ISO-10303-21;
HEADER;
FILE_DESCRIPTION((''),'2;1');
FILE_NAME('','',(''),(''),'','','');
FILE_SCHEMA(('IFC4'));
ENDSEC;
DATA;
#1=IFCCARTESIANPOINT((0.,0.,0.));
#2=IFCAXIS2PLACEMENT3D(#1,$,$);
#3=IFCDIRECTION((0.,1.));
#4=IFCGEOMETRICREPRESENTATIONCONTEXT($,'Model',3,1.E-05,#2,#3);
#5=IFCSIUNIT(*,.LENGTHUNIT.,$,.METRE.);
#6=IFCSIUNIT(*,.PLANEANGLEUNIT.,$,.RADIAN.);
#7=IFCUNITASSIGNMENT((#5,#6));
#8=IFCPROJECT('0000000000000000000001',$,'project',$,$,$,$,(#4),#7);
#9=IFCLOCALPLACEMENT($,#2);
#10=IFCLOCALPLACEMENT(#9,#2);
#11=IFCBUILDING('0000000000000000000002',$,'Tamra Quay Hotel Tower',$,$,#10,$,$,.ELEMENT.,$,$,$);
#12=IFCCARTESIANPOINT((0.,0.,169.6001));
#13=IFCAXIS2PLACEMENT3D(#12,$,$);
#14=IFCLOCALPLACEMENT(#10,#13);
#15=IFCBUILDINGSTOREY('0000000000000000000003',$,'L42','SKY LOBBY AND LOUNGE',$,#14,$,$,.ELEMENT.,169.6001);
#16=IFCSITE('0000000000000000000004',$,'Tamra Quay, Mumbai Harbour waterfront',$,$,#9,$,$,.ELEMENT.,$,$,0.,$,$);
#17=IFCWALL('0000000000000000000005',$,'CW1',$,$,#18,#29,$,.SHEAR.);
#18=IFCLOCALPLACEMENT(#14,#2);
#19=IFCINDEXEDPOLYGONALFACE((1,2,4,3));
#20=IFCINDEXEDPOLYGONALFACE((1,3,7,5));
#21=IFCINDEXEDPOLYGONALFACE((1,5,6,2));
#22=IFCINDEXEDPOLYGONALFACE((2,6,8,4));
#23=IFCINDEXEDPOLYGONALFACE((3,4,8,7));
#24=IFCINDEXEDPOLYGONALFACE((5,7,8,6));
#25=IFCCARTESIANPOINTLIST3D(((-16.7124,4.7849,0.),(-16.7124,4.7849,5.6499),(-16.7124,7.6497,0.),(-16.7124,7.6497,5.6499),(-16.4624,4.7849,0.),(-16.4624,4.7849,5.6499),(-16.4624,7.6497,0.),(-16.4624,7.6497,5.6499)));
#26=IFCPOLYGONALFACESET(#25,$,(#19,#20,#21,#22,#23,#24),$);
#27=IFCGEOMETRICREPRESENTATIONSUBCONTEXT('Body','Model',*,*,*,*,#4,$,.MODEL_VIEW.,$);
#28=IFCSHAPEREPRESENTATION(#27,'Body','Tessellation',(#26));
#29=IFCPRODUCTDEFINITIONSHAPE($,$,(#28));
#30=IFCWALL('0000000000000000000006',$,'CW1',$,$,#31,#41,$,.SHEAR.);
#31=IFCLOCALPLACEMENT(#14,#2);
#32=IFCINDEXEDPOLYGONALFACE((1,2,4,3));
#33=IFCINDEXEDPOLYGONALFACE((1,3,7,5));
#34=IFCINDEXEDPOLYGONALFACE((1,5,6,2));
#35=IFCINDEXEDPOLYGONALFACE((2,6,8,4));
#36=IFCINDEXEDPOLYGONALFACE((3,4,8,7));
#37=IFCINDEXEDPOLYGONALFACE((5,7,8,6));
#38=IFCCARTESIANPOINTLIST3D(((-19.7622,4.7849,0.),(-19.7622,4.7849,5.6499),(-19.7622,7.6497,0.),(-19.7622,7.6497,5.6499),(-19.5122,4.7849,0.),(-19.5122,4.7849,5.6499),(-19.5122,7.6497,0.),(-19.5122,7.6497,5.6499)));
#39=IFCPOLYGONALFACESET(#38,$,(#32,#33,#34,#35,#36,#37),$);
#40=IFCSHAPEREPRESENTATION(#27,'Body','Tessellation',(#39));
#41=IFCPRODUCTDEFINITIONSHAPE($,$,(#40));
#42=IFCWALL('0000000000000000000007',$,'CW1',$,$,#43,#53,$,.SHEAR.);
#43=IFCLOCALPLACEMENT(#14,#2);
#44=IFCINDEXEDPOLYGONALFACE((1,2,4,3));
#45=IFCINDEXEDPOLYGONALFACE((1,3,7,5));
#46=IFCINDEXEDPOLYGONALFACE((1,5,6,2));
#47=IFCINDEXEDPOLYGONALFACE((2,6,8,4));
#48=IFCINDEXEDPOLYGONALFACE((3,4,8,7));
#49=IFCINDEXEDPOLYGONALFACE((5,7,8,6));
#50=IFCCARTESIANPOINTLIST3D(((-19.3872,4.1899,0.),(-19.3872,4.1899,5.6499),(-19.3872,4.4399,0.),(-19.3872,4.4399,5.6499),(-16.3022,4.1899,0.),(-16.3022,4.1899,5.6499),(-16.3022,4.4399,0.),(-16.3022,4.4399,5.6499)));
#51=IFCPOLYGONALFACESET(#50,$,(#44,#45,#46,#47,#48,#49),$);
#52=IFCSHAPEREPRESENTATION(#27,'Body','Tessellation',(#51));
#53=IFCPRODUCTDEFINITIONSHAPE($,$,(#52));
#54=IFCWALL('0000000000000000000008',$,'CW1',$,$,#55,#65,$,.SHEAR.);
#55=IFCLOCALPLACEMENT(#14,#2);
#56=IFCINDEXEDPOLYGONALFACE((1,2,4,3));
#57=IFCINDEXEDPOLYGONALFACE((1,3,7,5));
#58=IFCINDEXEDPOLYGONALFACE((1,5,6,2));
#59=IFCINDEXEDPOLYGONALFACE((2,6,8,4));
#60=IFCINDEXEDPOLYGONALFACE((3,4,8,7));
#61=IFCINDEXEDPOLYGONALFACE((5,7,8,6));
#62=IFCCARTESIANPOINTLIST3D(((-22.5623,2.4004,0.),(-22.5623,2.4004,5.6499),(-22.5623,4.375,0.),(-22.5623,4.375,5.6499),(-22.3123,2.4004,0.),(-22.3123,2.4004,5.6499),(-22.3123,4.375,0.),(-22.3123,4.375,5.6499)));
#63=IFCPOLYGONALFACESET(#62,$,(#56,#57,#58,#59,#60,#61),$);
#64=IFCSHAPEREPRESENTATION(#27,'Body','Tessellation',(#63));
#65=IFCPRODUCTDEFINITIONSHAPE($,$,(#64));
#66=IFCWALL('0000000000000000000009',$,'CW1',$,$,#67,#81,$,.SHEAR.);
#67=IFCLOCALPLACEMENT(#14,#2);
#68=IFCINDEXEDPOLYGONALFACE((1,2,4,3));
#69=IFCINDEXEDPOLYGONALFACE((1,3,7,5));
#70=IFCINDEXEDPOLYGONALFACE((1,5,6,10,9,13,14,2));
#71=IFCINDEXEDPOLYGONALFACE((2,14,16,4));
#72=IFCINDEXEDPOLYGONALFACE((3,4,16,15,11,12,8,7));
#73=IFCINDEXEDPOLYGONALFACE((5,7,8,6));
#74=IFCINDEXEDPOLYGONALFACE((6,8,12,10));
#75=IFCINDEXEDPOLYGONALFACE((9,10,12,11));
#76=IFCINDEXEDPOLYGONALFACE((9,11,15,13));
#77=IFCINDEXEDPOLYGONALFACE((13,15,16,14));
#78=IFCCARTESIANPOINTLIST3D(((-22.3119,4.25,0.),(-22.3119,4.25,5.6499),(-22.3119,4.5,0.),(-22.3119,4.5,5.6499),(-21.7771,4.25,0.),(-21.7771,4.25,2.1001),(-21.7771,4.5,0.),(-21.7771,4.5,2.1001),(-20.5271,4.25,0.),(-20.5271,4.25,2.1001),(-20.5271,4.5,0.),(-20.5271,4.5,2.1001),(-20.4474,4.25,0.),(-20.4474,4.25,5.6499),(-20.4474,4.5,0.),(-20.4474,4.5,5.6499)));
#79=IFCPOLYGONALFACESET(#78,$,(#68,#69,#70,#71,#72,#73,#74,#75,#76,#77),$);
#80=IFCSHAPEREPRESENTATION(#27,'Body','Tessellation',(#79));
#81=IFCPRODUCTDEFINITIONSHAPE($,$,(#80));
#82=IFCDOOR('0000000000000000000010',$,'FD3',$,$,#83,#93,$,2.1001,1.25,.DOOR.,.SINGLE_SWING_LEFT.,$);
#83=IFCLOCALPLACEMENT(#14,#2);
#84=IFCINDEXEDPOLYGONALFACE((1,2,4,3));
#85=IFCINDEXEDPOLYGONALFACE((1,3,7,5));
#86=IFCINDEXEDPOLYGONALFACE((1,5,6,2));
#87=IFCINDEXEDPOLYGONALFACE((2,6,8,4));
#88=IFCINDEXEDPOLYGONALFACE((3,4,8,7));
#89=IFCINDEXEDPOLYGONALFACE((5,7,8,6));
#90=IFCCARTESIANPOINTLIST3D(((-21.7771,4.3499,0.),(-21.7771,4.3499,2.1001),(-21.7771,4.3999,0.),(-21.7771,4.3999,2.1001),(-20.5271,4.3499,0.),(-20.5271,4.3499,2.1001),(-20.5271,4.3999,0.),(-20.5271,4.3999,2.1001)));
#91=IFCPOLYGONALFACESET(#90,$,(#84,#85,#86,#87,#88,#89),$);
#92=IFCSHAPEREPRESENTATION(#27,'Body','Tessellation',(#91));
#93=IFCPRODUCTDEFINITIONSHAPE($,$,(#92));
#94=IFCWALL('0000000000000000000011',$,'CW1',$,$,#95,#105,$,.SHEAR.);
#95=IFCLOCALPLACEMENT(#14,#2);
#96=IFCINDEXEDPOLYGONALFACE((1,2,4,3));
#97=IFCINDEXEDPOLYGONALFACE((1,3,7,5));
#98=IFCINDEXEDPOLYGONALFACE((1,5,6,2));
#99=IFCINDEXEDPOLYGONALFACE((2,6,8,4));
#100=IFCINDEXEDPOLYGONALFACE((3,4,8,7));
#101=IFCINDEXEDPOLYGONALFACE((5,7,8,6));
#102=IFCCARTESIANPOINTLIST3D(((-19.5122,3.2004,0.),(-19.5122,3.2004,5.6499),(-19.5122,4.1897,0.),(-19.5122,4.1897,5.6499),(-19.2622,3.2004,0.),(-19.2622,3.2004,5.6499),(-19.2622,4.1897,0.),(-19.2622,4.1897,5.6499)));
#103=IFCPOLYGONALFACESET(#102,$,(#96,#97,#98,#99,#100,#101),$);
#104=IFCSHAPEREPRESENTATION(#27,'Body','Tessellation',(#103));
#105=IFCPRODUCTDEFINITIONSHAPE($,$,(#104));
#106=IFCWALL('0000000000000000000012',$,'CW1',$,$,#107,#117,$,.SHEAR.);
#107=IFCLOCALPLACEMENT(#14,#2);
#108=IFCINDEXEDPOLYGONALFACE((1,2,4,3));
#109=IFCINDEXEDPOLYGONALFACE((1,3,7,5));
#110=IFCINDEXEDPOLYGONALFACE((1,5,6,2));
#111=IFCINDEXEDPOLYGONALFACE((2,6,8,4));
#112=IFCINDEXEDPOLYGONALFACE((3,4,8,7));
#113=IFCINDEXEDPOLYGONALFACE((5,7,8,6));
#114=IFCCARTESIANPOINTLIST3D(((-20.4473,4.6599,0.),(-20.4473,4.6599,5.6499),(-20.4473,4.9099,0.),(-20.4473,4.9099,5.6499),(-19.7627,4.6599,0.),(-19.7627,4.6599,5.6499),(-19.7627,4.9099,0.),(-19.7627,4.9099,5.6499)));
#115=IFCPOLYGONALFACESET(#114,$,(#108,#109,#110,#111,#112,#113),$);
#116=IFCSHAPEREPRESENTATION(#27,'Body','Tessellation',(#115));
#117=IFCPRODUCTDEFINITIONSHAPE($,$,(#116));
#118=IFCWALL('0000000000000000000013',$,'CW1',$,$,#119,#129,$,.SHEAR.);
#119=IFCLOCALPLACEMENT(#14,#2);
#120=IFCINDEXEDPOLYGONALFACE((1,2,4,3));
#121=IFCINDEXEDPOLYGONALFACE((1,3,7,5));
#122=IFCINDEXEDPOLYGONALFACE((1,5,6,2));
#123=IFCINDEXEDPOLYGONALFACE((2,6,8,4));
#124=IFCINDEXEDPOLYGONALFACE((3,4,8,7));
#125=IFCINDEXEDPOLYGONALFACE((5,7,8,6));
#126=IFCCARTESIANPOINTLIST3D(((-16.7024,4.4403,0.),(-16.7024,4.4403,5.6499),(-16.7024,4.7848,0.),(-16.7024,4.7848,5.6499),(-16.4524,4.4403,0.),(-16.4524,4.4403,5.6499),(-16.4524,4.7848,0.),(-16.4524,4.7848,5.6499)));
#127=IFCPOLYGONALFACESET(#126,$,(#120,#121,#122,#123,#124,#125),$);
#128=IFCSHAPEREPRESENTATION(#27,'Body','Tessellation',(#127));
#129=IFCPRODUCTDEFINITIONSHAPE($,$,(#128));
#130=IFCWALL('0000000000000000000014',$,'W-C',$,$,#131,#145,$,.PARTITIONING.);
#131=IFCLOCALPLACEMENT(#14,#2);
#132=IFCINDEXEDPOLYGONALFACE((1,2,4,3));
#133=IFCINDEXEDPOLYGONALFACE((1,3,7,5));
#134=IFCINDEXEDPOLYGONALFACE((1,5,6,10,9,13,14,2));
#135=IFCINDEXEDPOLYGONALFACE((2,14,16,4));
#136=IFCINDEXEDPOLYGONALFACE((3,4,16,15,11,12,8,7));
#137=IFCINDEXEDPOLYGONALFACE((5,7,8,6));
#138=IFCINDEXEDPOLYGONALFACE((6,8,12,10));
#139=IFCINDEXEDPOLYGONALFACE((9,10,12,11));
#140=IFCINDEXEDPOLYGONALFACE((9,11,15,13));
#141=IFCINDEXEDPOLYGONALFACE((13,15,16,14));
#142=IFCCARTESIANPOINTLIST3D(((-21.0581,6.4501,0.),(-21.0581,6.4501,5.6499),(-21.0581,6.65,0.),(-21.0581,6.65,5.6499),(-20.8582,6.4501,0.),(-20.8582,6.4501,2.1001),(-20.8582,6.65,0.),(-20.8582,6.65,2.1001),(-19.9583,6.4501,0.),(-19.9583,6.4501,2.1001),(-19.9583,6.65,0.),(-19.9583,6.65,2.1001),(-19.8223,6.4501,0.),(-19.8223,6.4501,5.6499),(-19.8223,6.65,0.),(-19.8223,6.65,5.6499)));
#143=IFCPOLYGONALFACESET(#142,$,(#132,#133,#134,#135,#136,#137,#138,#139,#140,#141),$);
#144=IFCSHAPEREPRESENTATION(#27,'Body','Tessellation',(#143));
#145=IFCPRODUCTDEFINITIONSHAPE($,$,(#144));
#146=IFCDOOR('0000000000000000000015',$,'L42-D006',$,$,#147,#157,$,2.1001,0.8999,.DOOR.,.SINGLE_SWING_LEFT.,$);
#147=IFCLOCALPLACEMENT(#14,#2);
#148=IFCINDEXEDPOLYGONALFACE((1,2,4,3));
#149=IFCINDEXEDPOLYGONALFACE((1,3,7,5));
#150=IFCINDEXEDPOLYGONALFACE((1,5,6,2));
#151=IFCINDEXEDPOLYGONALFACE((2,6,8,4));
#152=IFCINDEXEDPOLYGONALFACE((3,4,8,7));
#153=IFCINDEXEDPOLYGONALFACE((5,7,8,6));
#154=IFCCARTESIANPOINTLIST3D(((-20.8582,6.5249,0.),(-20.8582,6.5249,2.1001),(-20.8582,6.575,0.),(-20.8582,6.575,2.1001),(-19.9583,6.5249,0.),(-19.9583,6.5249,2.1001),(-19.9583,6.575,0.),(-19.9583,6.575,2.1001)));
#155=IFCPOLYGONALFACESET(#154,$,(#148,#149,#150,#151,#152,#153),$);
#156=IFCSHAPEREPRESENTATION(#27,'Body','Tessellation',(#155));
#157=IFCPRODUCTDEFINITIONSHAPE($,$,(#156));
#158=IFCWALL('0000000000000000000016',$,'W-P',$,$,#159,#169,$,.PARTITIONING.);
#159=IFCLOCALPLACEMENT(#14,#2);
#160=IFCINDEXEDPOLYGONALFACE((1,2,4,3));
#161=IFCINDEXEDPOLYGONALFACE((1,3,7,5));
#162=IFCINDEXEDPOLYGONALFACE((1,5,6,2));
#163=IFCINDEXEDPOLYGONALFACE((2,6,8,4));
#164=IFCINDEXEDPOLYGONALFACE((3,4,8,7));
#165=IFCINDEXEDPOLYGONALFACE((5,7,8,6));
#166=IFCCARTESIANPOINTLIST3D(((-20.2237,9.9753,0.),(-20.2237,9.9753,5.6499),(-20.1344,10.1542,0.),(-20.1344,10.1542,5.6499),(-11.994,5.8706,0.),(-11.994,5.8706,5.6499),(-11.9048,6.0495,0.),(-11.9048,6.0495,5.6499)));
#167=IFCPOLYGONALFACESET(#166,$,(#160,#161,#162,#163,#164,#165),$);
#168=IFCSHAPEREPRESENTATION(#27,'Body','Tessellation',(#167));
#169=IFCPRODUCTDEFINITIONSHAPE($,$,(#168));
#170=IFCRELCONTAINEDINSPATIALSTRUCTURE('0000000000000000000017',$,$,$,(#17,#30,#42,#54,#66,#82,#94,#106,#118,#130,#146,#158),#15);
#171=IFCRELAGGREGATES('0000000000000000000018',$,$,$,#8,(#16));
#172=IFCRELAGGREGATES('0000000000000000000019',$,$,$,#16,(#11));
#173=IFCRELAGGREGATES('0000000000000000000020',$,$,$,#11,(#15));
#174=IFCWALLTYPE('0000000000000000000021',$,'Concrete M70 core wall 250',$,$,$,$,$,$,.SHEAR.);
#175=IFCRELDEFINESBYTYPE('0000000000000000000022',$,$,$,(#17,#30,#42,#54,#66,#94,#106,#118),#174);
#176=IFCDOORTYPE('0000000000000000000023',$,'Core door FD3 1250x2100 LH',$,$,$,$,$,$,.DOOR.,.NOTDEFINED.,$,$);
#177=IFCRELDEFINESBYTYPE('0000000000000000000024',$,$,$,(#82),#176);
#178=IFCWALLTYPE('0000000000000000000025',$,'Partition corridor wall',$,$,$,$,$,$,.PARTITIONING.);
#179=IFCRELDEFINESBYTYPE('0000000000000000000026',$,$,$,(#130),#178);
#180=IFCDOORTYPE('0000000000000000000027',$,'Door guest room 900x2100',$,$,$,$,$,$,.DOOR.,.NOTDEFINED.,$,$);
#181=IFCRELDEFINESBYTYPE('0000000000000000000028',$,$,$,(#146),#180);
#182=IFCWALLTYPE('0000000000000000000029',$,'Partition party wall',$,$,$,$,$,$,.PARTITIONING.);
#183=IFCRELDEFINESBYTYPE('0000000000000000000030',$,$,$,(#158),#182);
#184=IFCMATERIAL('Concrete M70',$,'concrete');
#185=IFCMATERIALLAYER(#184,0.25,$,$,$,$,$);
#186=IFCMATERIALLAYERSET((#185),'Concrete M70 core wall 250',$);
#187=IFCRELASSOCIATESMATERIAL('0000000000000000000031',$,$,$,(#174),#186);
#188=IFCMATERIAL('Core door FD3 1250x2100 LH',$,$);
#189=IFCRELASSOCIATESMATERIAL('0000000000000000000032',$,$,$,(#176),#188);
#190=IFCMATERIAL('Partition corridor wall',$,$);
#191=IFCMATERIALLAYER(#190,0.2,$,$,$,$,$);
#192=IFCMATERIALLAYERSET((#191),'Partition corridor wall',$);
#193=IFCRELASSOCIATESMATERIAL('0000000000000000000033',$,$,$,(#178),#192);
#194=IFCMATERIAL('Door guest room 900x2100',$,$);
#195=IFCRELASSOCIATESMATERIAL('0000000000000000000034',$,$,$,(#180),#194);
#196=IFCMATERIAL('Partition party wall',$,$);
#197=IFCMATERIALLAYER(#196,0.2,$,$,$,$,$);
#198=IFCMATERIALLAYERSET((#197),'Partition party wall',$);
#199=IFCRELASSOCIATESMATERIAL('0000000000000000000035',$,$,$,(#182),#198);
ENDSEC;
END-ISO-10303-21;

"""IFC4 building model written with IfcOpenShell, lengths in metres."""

from ifc_helpers import new_model, si_unit, direction, frame, frame_2d, origin, place, context, subcontext, project, spatial, rectangle, extrude, material, layer, layer_set, type_object, element, fill, save


model = new_model("IFC4")

# Units and contexts
model_context = context("Model", 3, precision=1e-05, world=origin(), true_north=direction((0.0, 1.0)))
body_context = subcontext(model_context, "Body", "Model", "MODEL_VIEW")
ifc_project = project(units=[si_unit("LENGTHUNIT", "METRE"), si_unit("PLANEANGLEUNIT", "RADIAN")], contexts=[model_context])

# Site, building, storey
site_placement = place(None, origin())
site = spatial("IfcSite", under=ifc_project, at=site_placement, Name="Tamra Quay, Mumbai Harbour waterfront", CompositionType="ELEMENT", RefElevation=0.0)
building_placement = place(site_placement, origin())
building = spatial("IfcBuilding", under=site, at=building_placement, Name="Tamra Quay Hotel Tower", CompositionType="ELEMENT")
storey_placement = place(building_placement, frame((0.0, 0.0, 169.6001)))
storey = spatial("IfcBuildingStorey", under=building, at=storey_placement, Name="L42", Description="SKY LOBBY AND LOUNGE", CompositionType="ELEMENT", Elevation=169.6001)

# Shared definitions
ifc_material_1 = material(Name="Concrete M70", Category="concrete")

# Walls
ifc_layer_1 = layer(ifc_material_1, 0.25)
ifc_layer_set_1 = layer_set([ifc_layer_1], Name="Concrete M70 core wall 250")
wall_type_1 = type_object("IfcWallType", Name="Concrete M70 core wall 250", PredefinedType="SHEAR", material=ifc_layer_set_1)
for number, where, z_axis, x_axis, name in (
    (1, (-16.5874, 7.6497, 0.0), (0.0, 0.0, 1.0), (0.0, -1.0, 0.0), "CW1"),
    (2, (-19.6372, 4.7849, 0.0), (0.0, 0.0, 1.0), (0.0, 1.0, 0.0), "CW1"),
):
    element("IfcWall", number, at=place(storey_placement, frame(where, z_axis=z_axis, x_axis=x_axis)), inside=storey, type_object=wall_type_1, Name=name, PredefinedType="SHEAR", context=body_context, shape_type="SweptSolid", body=[
        extrude(rectangle(XDim=2.8647, YDim=0.25, at=frame_2d((1.4324, 0.0))), origin(), (0.0, 0.0, 1.0), 5.6499),
    ])
wall_1_placement = place(storey_placement, frame((-16.3022, 4.3149, 0.0), z_axis=(0.0, 0.0, 1.0), x_axis=(-1.0, 0.0, 0.0)))
element("IfcWall", 3, at=wall_1_placement, inside=storey, type_object=wall_type_1, Name="CW1", PredefinedType="SHEAR", context=body_context, shape_type="SweptSolid", body=[
    extrude(rectangle(XDim=3.085, YDim=0.25, at=frame_2d((1.5425, 0.0))), origin(), (0.0, 0.0, 1.0), 5.6499),
])
wall_2_placement = place(storey_placement, frame((-22.4373, 2.4004, 0.0), z_axis=(0.0, 0.0, 1.0), x_axis=(0.0, 1.0, 0.0)))
element("IfcWall", 4, at=wall_2_placement, inside=storey, type_object=wall_type_1, Name="CW1", PredefinedType="SHEAR", context=body_context, shape_type="SweptSolid", body=[
    extrude(rectangle(XDim=1.9746, YDim=0.25, at=frame_2d((0.9873, 0.0))), origin(), (0.0, 0.0, 1.0), 5.6499),
])

# Wall, opening, door
wall_3_placement = place(storey_placement, frame((-22.3118, 4.375, 0.0), z_axis=(0.0, 0.0, 1.0), x_axis=(1.0, 0.0, 0.0)))
wall_3 = element("IfcWall", 5, at=wall_3_placement, inside=storey, type_object=wall_type_1, Name="CW1", PredefinedType="SHEAR", context=body_context, shape_type="SweptSolid", body=[
    extrude(rectangle(XDim=1.8645, YDim=0.25, at=frame_2d((0.9321, 0.0))), origin(), (0.0, 0.0, 1.0), 5.6499),
])
opening_1_placement = place(wall_3_placement, frame((0.5347, 0.0, 0.0)))
opening_1 = element("IfcOpeningElement", 6, at=opening_1_placement, cuts=wall_3, PredefinedType="OPENING", context=body_context, shape_type="SweptSolid", body=[
    extrude(rectangle(XDim=1.25, YDim=2.1001, at=frame_2d((0.625, 1.05))), frame((0.0, 0.135, 0.0), z_axis=(0.0, -1.0, 0.0), x_axis=(1.0, 0.0, 0.0)), (0.0, 0.0, 1.0), 0.27),
])
ifc_material_2 = material(Name="Core door FD3 1250x2100 LH")
door_type_1 = type_object("IfcDoorType", Name="Core door FD3 1250x2100 LH", OperationType="NOTDEFINED", PredefinedType="DOOR", material=ifc_material_2)
door_1_placement = place(opening_1_placement, origin())
door_1 = element("IfcDoor", 7, at=door_1_placement, inside=storey, type_object=door_type_1, Name="FD3", OperationType="SINGLE_SWING_LEFT", OverallHeight=2.1001, OverallWidth=1.25, PredefinedType="DOOR", context=body_context, shape_type="SweptSolid", body=[
    extrude(rectangle(XDim=1.25, YDim=2.1001, at=frame_2d((0.625, 1.05))), frame((0.0, 0.0249, 0.0), z_axis=(0.0, -1.0, 0.0), x_axis=(1.0, 0.0, 0.0)), (0.0, 0.0, 1.0), 0.05),
])
fill(opening_1, door_1)

# Walls
wall_4_placement = place(storey_placement, frame((-19.3872, 4.1897, 0.0), z_axis=(0.0, 0.0, 1.0), x_axis=(0.0, -1.0, 0.0)))
element("IfcWall", 8, at=wall_4_placement, inside=storey, type_object=wall_type_1, Name="CW1", PredefinedType="SHEAR", context=body_context, shape_type="SweptSolid", body=[
    extrude(rectangle(XDim=0.9893, YDim=0.25, at=frame_2d((0.4946, 0.0))), origin(), (0.0, 0.0, 1.0), 5.6499),
])
wall_5_placement = place(storey_placement, frame((-20.4473, 4.7849, 0.0), z_axis=(0.0, 0.0, 1.0), x_axis=(1.0, 0.0, 0.0)))
element("IfcWall", 9, at=wall_5_placement, inside=storey, type_object=wall_type_1, Name="CW1", PredefinedType="SHEAR", context=body_context, shape_type="SweptSolid", body=[
    extrude(rectangle(XDim=0.6846, YDim=0.25, at=frame_2d((0.3423, 0.0))), origin(), (0.0, 0.0, 1.0), 5.6499),
])
wall_6_placement = place(storey_placement, frame((-16.5774, 4.7849, 0.0), z_axis=(0.0, 0.0, 1.0), x_axis=(0.0, -1.0, 0.0)))
element("IfcWall", 10, at=wall_6_placement, inside=storey, type_object=wall_type_1, Name="CW1", PredefinedType="SHEAR", context=body_context, shape_type="SweptSolid", body=[
    extrude(rectangle(XDim=0.3445, YDim=0.25, at=frame_2d((0.1724, 0.0))), origin(), (0.0, 0.0, 1.0), 5.6499),
])

# Wall, opening, door
ifc_material_3 = material(Name="Partition corridor wall")
ifc_layer_2 = layer(ifc_material_3, 0.2)
ifc_layer_set_2 = layer_set([ifc_layer_2], Name="Partition corridor wall")
wall_type_2 = type_object("IfcWallType", Name="Partition corridor wall", PredefinedType="PARTITIONING", material=ifc_layer_set_2)
wall_7_placement = place(storey_placement, frame((-21.0581, 6.55, 0.0), z_axis=(0.0, 0.0, 1.0), x_axis=(1.0, 0.0, 0.0)))
wall_7 = element("IfcWall", 11, at=wall_7_placement, inside=storey, type_object=wall_type_2, Name="W-C", PredefinedType="PARTITIONING", context=body_context, shape_type="SweptSolid", body=[
    extrude(rectangle(XDim=1.2358, YDim=0.2, at=frame_2d((0.6179, 0.0))), origin(), (0.0, 0.0, 1.0), 5.6499),
])
opening_2_placement = place(wall_7_placement, frame((0.2, 0.0, 0.0)))
opening_2 = element("IfcOpeningElement", 12, at=opening_2_placement, cuts=wall_7, PredefinedType="OPENING", context=body_context, shape_type="SweptSolid", body=[
    extrude(rectangle(XDim=0.8999, YDim=2.1001, at=frame_2d((0.45, 1.05))), frame((0.0, 0.1099, 0.0), z_axis=(0.0, -1.0, 0.0), x_axis=(1.0, 0.0, 0.0)), (0.0, 0.0, 1.0), 0.22),
])
ifc_material_4 = material(Name="Door guest room 900x2100")
door_type_2 = type_object("IfcDoorType", Name="Door guest room 900x2100", OperationType="NOTDEFINED", PredefinedType="DOOR", material=ifc_material_4)
door_2_placement = place(opening_2_placement, origin())
door_2 = element("IfcDoor", 13, at=door_2_placement, inside=storey, type_object=door_type_2, Name="L42-D006", OperationType="SINGLE_SWING_LEFT", OverallHeight=2.1001, OverallWidth=0.8999, PredefinedType="DOOR", context=body_context, shape_type="SweptSolid", body=[
    extrude(rectangle(XDim=0.8999, YDim=2.1001, at=frame_2d((0.45, 1.05))), frame((0.0, 0.0249, 0.0), z_axis=(0.0, -1.0, 0.0), x_axis=(1.0, 0.0, 0.0)), (0.0, 0.0, 1.0), 0.05),
])
fill(opening_2, door_2)

# Wall
ifc_material_5 = material(Name="Partition party wall")
ifc_layer_3 = layer(ifc_material_5, 0.2)
ifc_layer_set_3 = layer_set([ifc_layer_3], Name="Partition party wall")
wall_type_3 = type_object("IfcWallType", Name="Partition party wall", PredefinedType="PARTITIONING", material=ifc_layer_set_3)
wall_8_placement = place(storey_placement, frame((-20.179, 10.0647, 0.0), z_axis=(0.0, 0.0, 1.0), x_axis=(0.894867, -0.446332, 0.0)))
element("IfcWall", 14, at=wall_8_placement, inside=storey, type_object=wall_type_3, Name="W-P", PredefinedType="PARTITIONING", context=body_context, shape_type="SweptSolid", body=[
    extrude(rectangle(XDim=9.1965, YDim=0.2, at=frame_2d((4.5981, 0.0))), origin(), (0.0, 0.0, 1.0), 5.6499),
])

save(model, "model.ifc")
